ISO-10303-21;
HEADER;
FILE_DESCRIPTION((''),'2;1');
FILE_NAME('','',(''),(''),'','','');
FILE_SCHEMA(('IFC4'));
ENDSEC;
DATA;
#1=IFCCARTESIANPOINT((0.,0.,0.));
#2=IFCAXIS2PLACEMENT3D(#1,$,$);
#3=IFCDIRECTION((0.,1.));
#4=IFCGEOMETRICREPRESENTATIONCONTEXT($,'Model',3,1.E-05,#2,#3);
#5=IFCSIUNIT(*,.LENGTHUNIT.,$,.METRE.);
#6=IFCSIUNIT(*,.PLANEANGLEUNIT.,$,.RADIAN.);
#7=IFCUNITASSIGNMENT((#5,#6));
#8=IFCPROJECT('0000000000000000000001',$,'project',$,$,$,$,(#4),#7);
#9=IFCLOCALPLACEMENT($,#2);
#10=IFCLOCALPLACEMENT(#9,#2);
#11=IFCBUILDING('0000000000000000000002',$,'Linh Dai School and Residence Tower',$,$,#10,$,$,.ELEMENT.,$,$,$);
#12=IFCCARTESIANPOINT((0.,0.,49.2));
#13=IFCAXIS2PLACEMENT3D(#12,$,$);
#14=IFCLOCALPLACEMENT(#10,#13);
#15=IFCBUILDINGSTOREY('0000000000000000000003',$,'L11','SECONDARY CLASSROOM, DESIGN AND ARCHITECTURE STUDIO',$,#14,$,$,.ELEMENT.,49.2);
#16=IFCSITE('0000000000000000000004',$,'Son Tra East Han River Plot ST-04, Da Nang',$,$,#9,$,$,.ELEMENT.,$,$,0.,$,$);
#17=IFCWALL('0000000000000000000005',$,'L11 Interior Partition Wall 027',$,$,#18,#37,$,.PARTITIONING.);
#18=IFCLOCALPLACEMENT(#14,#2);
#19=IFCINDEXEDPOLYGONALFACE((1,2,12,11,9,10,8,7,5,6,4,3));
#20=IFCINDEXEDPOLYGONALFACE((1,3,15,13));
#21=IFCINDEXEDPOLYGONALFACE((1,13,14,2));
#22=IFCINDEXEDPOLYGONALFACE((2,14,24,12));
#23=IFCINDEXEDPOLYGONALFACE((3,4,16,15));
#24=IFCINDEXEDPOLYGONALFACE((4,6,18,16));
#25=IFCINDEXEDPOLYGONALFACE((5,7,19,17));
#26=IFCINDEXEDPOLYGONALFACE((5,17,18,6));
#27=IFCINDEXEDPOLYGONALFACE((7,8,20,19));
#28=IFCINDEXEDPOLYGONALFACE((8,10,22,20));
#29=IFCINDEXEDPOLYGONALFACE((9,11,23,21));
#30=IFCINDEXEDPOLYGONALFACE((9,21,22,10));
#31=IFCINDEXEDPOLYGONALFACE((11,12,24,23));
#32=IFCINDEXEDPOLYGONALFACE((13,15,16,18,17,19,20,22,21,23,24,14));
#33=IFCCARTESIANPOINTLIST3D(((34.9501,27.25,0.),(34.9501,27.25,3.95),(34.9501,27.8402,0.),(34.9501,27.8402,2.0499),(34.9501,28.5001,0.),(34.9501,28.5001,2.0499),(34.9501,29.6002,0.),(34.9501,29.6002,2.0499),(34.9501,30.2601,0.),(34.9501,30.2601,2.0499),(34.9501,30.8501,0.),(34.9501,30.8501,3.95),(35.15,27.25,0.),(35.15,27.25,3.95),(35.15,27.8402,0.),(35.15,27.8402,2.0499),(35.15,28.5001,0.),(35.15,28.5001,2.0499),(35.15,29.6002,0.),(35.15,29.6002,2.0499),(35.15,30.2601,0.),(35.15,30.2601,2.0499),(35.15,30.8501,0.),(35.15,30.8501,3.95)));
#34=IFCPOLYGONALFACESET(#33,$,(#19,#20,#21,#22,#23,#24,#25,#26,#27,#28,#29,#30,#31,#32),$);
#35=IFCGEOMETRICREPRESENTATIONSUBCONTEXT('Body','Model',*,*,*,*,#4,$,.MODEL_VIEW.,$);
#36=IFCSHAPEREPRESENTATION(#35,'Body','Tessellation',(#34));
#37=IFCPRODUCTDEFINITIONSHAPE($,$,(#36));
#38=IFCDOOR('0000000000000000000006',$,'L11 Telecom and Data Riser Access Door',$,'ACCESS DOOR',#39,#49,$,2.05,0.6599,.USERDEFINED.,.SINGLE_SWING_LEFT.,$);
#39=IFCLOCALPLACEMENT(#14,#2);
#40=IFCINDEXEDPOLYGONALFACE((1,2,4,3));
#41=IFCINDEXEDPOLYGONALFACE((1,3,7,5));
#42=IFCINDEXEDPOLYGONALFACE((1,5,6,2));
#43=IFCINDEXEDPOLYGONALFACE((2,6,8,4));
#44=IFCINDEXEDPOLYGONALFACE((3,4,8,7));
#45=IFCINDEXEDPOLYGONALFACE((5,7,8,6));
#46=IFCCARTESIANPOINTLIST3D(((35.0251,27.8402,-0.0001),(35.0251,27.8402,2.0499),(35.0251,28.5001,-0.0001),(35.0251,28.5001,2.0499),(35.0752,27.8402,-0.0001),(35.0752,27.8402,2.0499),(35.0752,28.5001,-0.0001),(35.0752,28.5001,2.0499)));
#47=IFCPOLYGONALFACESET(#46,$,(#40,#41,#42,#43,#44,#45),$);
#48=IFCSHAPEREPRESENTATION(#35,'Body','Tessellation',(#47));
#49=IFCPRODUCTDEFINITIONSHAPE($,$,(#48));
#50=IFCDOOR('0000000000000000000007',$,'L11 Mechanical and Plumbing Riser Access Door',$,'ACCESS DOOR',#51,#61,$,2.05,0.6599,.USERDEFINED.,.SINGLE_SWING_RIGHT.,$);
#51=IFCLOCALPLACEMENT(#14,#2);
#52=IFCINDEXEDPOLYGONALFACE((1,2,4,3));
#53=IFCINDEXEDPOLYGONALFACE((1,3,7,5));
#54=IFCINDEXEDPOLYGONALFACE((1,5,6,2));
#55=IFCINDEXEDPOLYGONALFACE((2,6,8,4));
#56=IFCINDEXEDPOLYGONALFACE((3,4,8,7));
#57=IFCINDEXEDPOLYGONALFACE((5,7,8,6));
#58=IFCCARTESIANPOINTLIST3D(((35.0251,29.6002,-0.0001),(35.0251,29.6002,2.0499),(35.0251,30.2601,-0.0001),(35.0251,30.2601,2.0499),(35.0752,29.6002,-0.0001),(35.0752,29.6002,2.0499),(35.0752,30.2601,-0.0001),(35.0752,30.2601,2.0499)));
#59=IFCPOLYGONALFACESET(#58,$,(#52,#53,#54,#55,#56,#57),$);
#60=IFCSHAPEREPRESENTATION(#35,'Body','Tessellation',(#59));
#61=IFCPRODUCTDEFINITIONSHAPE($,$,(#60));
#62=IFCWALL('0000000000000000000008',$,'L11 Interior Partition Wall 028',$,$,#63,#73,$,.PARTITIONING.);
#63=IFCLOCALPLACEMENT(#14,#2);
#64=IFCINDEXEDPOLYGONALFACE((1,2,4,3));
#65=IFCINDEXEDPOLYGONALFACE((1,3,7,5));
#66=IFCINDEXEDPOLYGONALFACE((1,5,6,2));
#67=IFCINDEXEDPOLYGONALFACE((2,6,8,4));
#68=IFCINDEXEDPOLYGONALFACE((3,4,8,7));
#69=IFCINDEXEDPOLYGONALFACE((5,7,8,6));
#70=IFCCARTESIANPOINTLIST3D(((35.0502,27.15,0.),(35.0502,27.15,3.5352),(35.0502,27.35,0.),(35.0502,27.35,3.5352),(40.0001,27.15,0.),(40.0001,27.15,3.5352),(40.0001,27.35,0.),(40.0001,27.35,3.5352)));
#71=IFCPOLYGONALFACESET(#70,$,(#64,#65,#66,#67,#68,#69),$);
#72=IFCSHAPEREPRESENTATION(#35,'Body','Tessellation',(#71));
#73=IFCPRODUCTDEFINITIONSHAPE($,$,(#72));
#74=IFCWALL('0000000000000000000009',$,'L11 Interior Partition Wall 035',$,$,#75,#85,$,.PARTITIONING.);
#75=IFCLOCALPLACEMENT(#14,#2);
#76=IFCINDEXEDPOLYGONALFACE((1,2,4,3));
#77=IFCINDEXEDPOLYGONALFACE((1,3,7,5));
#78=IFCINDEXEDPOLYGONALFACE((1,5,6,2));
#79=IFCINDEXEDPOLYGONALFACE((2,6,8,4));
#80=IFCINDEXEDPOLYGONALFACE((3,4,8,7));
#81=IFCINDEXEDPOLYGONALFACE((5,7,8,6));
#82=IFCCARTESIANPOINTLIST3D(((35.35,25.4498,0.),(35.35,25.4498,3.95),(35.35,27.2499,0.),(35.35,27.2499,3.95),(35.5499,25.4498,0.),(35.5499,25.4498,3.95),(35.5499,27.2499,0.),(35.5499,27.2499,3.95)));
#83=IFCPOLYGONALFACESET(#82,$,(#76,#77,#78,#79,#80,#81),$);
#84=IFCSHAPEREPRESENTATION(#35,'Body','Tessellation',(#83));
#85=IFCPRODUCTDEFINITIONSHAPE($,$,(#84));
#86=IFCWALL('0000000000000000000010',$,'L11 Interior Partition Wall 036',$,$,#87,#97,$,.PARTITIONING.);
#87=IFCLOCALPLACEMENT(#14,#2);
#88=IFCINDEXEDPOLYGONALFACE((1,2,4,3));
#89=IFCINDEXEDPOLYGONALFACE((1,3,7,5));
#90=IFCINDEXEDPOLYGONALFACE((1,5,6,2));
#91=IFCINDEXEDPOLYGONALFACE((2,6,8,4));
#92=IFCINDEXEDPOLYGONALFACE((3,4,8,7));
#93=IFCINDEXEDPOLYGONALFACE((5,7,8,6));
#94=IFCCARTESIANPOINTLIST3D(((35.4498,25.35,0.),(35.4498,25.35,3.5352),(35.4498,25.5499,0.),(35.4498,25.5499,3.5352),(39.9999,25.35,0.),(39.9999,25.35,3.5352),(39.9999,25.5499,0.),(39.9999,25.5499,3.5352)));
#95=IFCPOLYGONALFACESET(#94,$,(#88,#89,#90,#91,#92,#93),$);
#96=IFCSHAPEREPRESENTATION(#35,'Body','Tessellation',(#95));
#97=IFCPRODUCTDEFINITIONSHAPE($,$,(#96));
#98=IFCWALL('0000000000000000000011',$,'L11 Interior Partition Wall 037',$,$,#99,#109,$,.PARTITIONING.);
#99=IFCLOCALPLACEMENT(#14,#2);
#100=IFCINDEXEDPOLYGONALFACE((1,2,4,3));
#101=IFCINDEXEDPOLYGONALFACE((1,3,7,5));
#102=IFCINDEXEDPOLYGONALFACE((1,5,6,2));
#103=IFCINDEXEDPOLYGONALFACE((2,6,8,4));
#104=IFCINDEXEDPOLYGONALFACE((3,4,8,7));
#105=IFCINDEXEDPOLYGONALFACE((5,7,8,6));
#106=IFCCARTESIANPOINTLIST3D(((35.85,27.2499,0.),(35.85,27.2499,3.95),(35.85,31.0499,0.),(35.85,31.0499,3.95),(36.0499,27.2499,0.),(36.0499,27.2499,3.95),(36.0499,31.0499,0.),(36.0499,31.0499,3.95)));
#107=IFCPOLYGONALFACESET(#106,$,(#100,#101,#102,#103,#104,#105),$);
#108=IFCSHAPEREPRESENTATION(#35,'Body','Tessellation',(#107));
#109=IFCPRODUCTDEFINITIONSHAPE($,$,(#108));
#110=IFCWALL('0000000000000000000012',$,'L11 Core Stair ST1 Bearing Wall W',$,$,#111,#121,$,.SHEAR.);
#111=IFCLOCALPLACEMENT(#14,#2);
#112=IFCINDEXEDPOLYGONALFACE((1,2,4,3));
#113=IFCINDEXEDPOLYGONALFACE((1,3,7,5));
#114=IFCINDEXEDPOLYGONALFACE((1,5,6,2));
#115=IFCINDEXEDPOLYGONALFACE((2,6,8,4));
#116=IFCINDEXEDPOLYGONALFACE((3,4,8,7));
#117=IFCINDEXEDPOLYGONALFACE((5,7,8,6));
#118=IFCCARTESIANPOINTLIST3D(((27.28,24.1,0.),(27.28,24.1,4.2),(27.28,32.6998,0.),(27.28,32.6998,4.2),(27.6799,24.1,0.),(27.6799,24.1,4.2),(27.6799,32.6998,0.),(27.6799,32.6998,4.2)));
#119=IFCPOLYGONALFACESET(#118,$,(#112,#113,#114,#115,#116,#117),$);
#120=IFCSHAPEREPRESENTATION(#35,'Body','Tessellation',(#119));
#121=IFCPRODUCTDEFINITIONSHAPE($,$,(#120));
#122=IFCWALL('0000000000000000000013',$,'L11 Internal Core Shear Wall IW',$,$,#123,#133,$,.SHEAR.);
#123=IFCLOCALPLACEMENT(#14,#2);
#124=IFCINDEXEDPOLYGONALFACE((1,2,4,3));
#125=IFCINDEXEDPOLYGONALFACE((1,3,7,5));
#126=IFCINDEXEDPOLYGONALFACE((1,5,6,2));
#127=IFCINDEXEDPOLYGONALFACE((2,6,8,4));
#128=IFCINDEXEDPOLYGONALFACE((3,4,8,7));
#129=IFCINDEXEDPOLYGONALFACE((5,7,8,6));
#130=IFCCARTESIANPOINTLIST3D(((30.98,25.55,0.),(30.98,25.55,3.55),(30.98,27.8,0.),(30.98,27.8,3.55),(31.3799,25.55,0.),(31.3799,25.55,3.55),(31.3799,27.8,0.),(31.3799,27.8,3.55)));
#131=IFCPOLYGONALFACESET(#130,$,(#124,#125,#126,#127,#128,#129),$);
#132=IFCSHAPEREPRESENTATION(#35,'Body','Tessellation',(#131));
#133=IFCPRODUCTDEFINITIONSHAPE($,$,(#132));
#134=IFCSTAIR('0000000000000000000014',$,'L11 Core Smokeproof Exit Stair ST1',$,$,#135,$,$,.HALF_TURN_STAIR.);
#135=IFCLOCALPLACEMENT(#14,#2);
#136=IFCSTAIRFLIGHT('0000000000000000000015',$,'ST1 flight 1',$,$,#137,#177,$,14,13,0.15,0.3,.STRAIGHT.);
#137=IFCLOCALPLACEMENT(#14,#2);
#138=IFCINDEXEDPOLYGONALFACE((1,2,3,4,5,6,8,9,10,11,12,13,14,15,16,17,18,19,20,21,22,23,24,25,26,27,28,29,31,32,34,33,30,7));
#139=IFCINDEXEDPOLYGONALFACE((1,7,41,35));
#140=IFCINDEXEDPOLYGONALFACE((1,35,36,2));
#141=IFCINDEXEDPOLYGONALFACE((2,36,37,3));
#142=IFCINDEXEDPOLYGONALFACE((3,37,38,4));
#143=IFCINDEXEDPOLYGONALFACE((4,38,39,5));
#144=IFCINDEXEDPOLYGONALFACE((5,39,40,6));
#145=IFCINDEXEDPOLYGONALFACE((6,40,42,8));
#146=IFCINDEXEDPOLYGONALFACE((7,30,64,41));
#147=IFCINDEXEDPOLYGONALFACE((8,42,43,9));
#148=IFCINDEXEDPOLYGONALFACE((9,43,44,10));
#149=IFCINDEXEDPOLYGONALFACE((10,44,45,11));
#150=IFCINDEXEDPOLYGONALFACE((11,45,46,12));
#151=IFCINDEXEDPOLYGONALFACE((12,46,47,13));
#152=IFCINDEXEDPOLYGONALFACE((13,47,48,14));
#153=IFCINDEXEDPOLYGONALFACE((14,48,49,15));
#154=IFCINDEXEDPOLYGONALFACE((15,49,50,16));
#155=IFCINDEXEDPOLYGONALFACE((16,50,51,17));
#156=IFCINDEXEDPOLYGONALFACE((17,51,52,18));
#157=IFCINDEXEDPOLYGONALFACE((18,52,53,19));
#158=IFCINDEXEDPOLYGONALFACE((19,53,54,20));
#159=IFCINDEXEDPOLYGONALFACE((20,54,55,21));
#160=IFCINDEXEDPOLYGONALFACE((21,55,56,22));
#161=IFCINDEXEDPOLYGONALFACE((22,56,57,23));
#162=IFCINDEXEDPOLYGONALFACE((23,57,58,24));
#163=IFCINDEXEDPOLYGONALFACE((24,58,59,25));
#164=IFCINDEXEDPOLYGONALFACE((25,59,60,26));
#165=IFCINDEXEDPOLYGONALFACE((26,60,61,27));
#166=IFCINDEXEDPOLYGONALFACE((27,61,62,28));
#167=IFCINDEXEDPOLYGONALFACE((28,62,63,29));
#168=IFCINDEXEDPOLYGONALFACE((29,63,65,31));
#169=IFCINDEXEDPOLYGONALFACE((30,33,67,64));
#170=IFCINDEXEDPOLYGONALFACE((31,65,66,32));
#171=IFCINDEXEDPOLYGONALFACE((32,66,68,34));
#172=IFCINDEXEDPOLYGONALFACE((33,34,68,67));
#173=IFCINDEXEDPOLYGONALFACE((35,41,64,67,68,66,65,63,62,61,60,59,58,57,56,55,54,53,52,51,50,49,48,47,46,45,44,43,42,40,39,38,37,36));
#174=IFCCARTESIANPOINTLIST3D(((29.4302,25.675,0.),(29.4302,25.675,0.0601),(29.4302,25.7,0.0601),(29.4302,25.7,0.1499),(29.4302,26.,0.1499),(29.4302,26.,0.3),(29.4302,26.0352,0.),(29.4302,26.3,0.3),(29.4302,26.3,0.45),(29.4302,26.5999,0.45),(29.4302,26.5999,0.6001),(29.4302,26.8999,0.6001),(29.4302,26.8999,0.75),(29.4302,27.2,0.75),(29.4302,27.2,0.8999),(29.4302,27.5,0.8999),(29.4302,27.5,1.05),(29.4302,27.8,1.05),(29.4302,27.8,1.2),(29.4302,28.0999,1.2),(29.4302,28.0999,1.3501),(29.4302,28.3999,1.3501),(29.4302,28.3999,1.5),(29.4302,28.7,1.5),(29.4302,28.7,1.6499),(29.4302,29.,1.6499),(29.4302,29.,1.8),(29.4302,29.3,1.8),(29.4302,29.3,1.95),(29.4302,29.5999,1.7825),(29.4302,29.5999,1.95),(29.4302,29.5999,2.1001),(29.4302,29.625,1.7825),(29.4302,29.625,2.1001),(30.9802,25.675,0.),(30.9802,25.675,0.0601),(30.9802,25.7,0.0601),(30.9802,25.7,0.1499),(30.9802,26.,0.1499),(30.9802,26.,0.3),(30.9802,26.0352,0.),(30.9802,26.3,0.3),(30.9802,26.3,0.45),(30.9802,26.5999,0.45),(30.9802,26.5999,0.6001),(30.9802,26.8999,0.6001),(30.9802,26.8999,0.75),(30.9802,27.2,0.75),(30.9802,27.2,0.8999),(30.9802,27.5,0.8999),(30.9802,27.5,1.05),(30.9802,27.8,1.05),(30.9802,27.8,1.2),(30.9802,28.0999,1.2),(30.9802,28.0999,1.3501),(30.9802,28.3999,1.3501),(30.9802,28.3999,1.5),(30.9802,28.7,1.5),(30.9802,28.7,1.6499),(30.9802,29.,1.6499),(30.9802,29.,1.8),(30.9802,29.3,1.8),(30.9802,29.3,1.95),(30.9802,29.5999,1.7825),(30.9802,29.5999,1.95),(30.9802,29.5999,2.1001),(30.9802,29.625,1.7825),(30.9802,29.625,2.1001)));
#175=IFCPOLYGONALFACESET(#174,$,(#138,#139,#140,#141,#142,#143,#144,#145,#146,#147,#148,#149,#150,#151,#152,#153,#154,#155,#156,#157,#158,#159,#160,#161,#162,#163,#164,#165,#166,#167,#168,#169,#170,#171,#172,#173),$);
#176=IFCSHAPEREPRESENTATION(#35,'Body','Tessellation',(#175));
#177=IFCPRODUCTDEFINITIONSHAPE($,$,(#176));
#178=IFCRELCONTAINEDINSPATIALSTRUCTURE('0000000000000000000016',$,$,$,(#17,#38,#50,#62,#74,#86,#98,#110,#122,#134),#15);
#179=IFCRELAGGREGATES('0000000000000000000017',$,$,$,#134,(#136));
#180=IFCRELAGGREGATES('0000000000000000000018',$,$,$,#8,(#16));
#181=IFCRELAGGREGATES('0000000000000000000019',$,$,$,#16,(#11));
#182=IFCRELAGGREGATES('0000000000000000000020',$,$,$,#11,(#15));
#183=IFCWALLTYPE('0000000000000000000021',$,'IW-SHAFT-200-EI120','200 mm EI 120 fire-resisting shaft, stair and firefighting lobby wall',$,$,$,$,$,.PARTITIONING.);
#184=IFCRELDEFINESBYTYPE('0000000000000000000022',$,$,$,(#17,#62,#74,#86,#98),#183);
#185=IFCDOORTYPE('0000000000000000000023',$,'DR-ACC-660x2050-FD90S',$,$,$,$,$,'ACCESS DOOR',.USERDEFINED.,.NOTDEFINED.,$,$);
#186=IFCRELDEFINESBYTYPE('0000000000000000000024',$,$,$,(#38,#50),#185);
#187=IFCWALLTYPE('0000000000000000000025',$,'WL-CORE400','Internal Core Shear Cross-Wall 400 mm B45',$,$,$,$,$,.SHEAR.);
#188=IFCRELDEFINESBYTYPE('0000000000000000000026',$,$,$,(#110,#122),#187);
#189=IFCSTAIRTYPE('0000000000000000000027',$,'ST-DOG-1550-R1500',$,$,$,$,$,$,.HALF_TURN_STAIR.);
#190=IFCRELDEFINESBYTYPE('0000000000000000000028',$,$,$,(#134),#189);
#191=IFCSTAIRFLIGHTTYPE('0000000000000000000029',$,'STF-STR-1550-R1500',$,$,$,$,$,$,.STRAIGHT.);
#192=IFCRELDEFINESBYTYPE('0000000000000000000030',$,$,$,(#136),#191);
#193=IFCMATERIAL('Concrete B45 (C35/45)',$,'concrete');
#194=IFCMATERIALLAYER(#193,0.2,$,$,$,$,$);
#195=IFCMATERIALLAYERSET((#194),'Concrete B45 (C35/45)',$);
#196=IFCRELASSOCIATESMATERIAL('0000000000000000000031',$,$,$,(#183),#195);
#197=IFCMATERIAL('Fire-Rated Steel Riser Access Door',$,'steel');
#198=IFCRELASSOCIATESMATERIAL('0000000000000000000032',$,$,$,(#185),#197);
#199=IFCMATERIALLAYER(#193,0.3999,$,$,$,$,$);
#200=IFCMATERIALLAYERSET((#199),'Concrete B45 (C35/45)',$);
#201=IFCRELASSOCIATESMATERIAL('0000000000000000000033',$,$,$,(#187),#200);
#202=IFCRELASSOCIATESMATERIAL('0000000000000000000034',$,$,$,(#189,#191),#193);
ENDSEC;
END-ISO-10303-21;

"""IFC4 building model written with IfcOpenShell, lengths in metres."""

from ifc_helpers import new_model, si_unit, direction, frame, frame_2d, origin, origin_2d, place, context, subcontext, project, spatial, polyline, rectangle, outline, extrude, source, transform, mapped, material, layer, layer_set, type_object, element, fill, aggregate, save


model = new_model("IFC4")

# Units and contexts
model_context = context("Model", 3, precision=1e-05, world=origin(), true_north=direction((0.0, 1.0)))
body_context = subcontext(model_context, "Body", "Model", "MODEL_VIEW")
ifc_project = project(units=[si_unit("LENGTHUNIT", "METRE"), si_unit("PLANEANGLEUNIT", "RADIAN")], contexts=[model_context])

# Site, building, storey
site_placement = place(None, origin())
site = spatial("IfcSite", under=ifc_project, at=site_placement, Name="Son Tra East Han River Plot ST-04, Da Nang", CompositionType="ELEMENT", RefElevation=0.0)
building_placement = place(site_placement, origin())
building = spatial("IfcBuilding", under=site, at=building_placement, Name="Linh Dai School and Residence Tower", CompositionType="ELEMENT")
storey_placement = place(building_placement, frame((0.0, 0.0, 49.2)))
storey = spatial("IfcBuildingStorey", under=building, at=storey_placement, Name="L11", Description="SECONDARY CLASSROOM, DESIGN AND ARCHITECTURE STUDIO", CompositionType="ELEMENT", Elevation=49.2)

# Shared definitions
ifc_material_1 = material(Name="Concrete B45 (C35/45)", Category="concrete")
ifc_layer_1 = layer(ifc_material_1, 0.2)
ifc_layer_set_1 = layer_set([ifc_layer_1], Name="Concrete B45 (C35/45)")
wall_type_1 = type_object("IfcWallType", Name="IW-SHAFT-200-EI120", Description="200 mm EI 120 fire-resisting shaft, stair and firefighting lobby wall", PredefinedType="PARTITIONING", material=ifc_layer_set_1)

# Wall, openings, doors
wall_1_placement = place(storey_placement, frame((35.05, 27.25, 0.0), z_axis=(0.0, 0.0, 1.0), x_axis=(0.0, 1.0, 0.0)))
wall_1 = element("IfcWall", 1, at=wall_1_placement, inside=storey, type_object=wall_type_1, Name="L11 Interior Partition Wall 027", PredefinedType="PARTITIONING", context=body_context, shape_type="SweptSolid", body=[
    extrude(rectangle(XDim=3.6001, YDim=0.2, at=frame_2d((1.8, 0.0))), origin(), (0.0, 0.0, 1.0), 3.95),
])
opening_1_placement = place(wall_1_placement, frame((0.5901, 0.0, 0.0)))
opening_1 = element("IfcOpeningElement", 2, at=opening_1_placement, cuts=wall_1, PredefinedType="OPENING", context=body_context, shape_type="SweptSolid", body=[
    extrude(rectangle(XDim=0.6599, YDim=2.05, at=origin_2d()), frame((0.3301, 0.1099, 1.0249), z_axis=(0.0, -1.0, 0.0), x_axis=(1.0, 0.0, 0.0)), (0.0, 0.0, 1.0), 0.22),
])
opening_2_placement = place(wall_1_placement, frame((2.3501, 0.0, 0.0)))
opening_2 = element("IfcOpeningElement", 3, at=opening_2_placement, cuts=wall_1, PredefinedType="OPENING", context=body_context, shape_type="SweptSolid", body=[
    extrude(rectangle(XDim=0.6599, YDim=2.05, at=origin_2d()), frame((0.3301, 0.1099, 1.0249), z_axis=(0.0, -1.0, 0.0), x_axis=(1.0, 0.0, 0.0)), (0.0, 0.0, 1.0), 0.22),
])
ifc_material_2 = material(Name="Fire-Rated Steel Riser Access Door", Category="steel")
door_type_1 = type_object("IfcDoorType", Name="DR-ACC-660x2050-FD90S", ElementType="ACCESS DOOR", OperationType="NOTDEFINED", PredefinedType="USERDEFINED", material=ifc_material_2)
shared_shape_1 = source(origin(), body_context, "Body", "SweptSolid", [
    extrude(rectangle(XDim=0.6599, YDim=2.05, at=origin_2d()), frame((0.3301, 0.0249, 1.0249), z_axis=(0.0, -1.0, 0.0), x_axis=(1.0, 0.0, 0.0)), (0.0, 0.0, 1.0), 0.05),
])
door_1_placement = place(opening_1_placement, origin())
door_1 = element("IfcDoor", 4, at=door_1_placement, inside=storey, type_object=door_type_1, Name="L11 Telecom and Data Riser Access Door", ObjectType="ACCESS DOOR", OperationType="SINGLE_SWING_LEFT", OverallHeight=2.05, OverallWidth=0.6599, PredefinedType="USERDEFINED", context=body_context, shape_type="MappedRepresentation", body=[
    mapped(shared_shape_1, transform((0.0, 0.0, 0.0), x_axis=(1.0, 0.0, 0.0), y_axis=(0.0, 1.0, 0.0), z_axis=(0.0, 0.0, 1.0), scale=1.0)),
])
fill(opening_1, door_1)
door_2_placement = place(opening_2_placement, origin())
door_2 = element("IfcDoor", 5, at=door_2_placement, inside=storey, type_object=door_type_1, Name="L11 Mechanical and Plumbing Riser Access Door", ObjectType="ACCESS DOOR", OperationType="SINGLE_SWING_RIGHT", OverallHeight=2.05, OverallWidth=0.6599, PredefinedType="USERDEFINED", context=body_context, shape_type="MappedRepresentation", body=[
    mapped(shared_shape_1, transform((0.0, 0.0, 0.0), x_axis=(1.0, 0.0, 0.0), y_axis=(0.0, 1.0, 0.0), z_axis=(0.0, 0.0, 1.0), scale=1.0)),
])
fill(opening_2, door_2)

# Walls
wall_2_placement = place(storey_placement, frame((35.05, 27.25, 0.0), z_axis=(0.0, 0.0, 1.0), x_axis=(1.0, 0.0, 0.0)))
element("IfcWall", 6, at=wall_2_placement, inside=storey, type_object=wall_type_1, Name="L11 Interior Partition Wall 028", PredefinedType="PARTITIONING", context=body_context, shape_type="SweptSolid", body=[
    extrude(rectangle(XDim=4.95, YDim=0.2, at=frame_2d((2.4751, 0.0))), origin(), (0.0, 0.0, 1.0), 3.5352),
])
wall_3_placement = place(storey_placement, frame((35.45, 25.45, 0.0), z_axis=(0.0, 0.0, 1.0), x_axis=(0.0, 1.0, 0.0)))
element("IfcWall", 7, at=wall_3_placement, inside=storey, type_object=wall_type_1, Name="L11 Interior Partition Wall 035", PredefinedType="PARTITIONING", context=body_context, shape_type="SweptSolid", body=[
    extrude(rectangle(XDim=1.8, YDim=0.2, at=frame_2d((0.8999, 0.0))), origin(), (0.0, 0.0, 1.0), 3.95),
])
wall_4_placement = place(storey_placement, frame((35.45, 25.45, 0.0), z_axis=(0.0, 0.0, 1.0), x_axis=(1.0, 0.0, 0.0)))
element("IfcWall", 8, at=wall_4_placement, inside=storey, type_object=wall_type_1, Name="L11 Interior Partition Wall 036", PredefinedType="PARTITIONING", context=body_context, shape_type="SweptSolid", body=[
    extrude(rectangle(XDim=4.55, YDim=0.2, at=frame_2d((2.2749, 0.0))), origin(), (0.0, 0.0, 1.0), 3.5352),
])
wall_5_placement = place(storey_placement, frame((35.95, 27.25, 0.0), z_axis=(0.0, 0.0, 1.0), x_axis=(0.0, 1.0, 0.0)))
element("IfcWall", 9, at=wall_5_placement, inside=storey, type_object=wall_type_1, Name="L11 Interior Partition Wall 037", PredefinedType="PARTITIONING", context=body_context, shape_type="SweptSolid", body=[
    extrude(rectangle(XDim=3.8, YDim=0.2, at=frame_2d((1.8999, 0.0))), origin(), (0.0, 0.0, 1.0), 3.95),
])
ifc_layer_2 = layer(ifc_material_1, 0.3999)
ifc_layer_set_2 = layer_set([ifc_layer_2], Name="Concrete B45 (C35/45)")
wall_type_2 = type_object("IfcWallType", Name="WL-CORE400", Description="Internal Core Shear Cross-Wall 400 mm B45", PredefinedType="SHEAR", material=ifc_layer_set_2)
wall_6_placement = place(storey_placement, frame((27.48, 24.1001, 0.0), z_axis=(0.0, 0.0, 1.0), x_axis=(0.0, 1.0, 0.0)))
element("IfcWall", 10, at=wall_6_placement, inside=storey, type_object=wall_type_2, Name="L11 Core Stair ST1 Bearing Wall W", PredefinedType="SHEAR", context=body_context, shape_type="SweptSolid", body=[
    extrude(rectangle(XDim=8.5999, YDim=0.3999, at=frame_2d((4.2998, 0.0))), origin(), (0.0, 0.0, 1.0), 4.2),
])
wall_7_placement = place(storey_placement, frame((31.1799, 25.55, 0.0), z_axis=(0.0, 0.0, 1.0), x_axis=(0.0, 1.0, 0.0)))
element("IfcWall", 11, at=wall_7_placement, inside=storey, type_object=wall_type_2, Name="L11 Internal Core Shear Wall IW", PredefinedType="SHEAR", context=body_context, shape_type="SweptSolid", body=[
    extrude(rectangle(XDim=2.25, YDim=0.3999, at=frame_2d((1.125, 0.0))), origin(), (0.0, 0.0, 1.0), 3.55),
])

# Stair, stair flight
stair_type = type_object("IfcStairType", Name="ST-DOG-1550-R1500", PredefinedType="HALF_TURN_STAIR", material=ifc_material_1)
stair_placement = place(storey_placement, origin())
stair = element("IfcStair", 12, at=stair_placement, inside=storey, type_object=stair_type, Name="L11 Core Smokeproof Exit Stair ST1", PredefinedType="HALF_TURN_STAIR")
stair_flight_type = type_object("IfcStairFlightType", Name="STF-STR-1550-R1500", PredefinedType="STRAIGHT", material=ifc_material_1)
shared_shape_2 = source(origin(), body_context, "Body", "SweptSolid", [
    extrude(outline(polyline([(-0.0249, 0.0), (-0.0249, 0.0601), (0.0, 0.0601), (0.0, 0.1499), (0.3, 0.1499), (0.3, 0.3), (0.6001, 0.3), (0.6001, 0.45), (0.8999, 0.45), (0.8999, 0.6001), (1.2, 0.6001), (1.2, 0.75), (1.5, 0.75), (1.5, 0.8999), (1.8, 0.8999), (1.8, 1.05), (2.1001, 1.05), (2.1001, 1.2), (2.3999, 1.2), (2.3999, 1.3501), (2.7, 1.3501), (2.7, 1.5), (3.0, 1.5), (3.0, 1.6499), (3.3, 1.6499), (3.3, 1.8), (3.6001, 1.8), (3.6001, 1.95), (3.8999, 1.95), (3.8999, 2.1001), (3.925, 2.1001), (3.925, 1.7825), (3.8999, 1.7825), (0.3352, 0.0), (-0.0249, 0.0)])), frame((0.0, 0.7749, 0.0), z_axis=(0.0, -1.0, 0.0), x_axis=(1.0, 0.0, 0.0)), (0.0, 0.0, 1.0), 1.55),
])
stair_flight_placement = place(storey_placement, frame((30.2051, 25.7, 0.0), z_axis=(0.0, 0.0, 1.0), x_axis=(0.0, 1.0, 0.0)))
stair_flight = element("IfcStairFlight", 13, at=stair_flight_placement, type_object=stair_flight_type, Name="ST1 flight 1", NumberOfRisers=14, NumberOfTreads=13, PredefinedType="STRAIGHT", RiserHeight=0.15, TreadLength=0.3, context=body_context, shape_type="MappedRepresentation", body=[
    mapped(shared_shape_2, transform((0.0, 0.0, 0.0), x_axis=(1.0, 0.0, 0.0), y_axis=(0.0, 1.0, 0.0), z_axis=(0.0, 0.0, 1.0), scale=1.0)),
])
aggregate(stair, [stair_flight])

save(model, "model.ifc")
